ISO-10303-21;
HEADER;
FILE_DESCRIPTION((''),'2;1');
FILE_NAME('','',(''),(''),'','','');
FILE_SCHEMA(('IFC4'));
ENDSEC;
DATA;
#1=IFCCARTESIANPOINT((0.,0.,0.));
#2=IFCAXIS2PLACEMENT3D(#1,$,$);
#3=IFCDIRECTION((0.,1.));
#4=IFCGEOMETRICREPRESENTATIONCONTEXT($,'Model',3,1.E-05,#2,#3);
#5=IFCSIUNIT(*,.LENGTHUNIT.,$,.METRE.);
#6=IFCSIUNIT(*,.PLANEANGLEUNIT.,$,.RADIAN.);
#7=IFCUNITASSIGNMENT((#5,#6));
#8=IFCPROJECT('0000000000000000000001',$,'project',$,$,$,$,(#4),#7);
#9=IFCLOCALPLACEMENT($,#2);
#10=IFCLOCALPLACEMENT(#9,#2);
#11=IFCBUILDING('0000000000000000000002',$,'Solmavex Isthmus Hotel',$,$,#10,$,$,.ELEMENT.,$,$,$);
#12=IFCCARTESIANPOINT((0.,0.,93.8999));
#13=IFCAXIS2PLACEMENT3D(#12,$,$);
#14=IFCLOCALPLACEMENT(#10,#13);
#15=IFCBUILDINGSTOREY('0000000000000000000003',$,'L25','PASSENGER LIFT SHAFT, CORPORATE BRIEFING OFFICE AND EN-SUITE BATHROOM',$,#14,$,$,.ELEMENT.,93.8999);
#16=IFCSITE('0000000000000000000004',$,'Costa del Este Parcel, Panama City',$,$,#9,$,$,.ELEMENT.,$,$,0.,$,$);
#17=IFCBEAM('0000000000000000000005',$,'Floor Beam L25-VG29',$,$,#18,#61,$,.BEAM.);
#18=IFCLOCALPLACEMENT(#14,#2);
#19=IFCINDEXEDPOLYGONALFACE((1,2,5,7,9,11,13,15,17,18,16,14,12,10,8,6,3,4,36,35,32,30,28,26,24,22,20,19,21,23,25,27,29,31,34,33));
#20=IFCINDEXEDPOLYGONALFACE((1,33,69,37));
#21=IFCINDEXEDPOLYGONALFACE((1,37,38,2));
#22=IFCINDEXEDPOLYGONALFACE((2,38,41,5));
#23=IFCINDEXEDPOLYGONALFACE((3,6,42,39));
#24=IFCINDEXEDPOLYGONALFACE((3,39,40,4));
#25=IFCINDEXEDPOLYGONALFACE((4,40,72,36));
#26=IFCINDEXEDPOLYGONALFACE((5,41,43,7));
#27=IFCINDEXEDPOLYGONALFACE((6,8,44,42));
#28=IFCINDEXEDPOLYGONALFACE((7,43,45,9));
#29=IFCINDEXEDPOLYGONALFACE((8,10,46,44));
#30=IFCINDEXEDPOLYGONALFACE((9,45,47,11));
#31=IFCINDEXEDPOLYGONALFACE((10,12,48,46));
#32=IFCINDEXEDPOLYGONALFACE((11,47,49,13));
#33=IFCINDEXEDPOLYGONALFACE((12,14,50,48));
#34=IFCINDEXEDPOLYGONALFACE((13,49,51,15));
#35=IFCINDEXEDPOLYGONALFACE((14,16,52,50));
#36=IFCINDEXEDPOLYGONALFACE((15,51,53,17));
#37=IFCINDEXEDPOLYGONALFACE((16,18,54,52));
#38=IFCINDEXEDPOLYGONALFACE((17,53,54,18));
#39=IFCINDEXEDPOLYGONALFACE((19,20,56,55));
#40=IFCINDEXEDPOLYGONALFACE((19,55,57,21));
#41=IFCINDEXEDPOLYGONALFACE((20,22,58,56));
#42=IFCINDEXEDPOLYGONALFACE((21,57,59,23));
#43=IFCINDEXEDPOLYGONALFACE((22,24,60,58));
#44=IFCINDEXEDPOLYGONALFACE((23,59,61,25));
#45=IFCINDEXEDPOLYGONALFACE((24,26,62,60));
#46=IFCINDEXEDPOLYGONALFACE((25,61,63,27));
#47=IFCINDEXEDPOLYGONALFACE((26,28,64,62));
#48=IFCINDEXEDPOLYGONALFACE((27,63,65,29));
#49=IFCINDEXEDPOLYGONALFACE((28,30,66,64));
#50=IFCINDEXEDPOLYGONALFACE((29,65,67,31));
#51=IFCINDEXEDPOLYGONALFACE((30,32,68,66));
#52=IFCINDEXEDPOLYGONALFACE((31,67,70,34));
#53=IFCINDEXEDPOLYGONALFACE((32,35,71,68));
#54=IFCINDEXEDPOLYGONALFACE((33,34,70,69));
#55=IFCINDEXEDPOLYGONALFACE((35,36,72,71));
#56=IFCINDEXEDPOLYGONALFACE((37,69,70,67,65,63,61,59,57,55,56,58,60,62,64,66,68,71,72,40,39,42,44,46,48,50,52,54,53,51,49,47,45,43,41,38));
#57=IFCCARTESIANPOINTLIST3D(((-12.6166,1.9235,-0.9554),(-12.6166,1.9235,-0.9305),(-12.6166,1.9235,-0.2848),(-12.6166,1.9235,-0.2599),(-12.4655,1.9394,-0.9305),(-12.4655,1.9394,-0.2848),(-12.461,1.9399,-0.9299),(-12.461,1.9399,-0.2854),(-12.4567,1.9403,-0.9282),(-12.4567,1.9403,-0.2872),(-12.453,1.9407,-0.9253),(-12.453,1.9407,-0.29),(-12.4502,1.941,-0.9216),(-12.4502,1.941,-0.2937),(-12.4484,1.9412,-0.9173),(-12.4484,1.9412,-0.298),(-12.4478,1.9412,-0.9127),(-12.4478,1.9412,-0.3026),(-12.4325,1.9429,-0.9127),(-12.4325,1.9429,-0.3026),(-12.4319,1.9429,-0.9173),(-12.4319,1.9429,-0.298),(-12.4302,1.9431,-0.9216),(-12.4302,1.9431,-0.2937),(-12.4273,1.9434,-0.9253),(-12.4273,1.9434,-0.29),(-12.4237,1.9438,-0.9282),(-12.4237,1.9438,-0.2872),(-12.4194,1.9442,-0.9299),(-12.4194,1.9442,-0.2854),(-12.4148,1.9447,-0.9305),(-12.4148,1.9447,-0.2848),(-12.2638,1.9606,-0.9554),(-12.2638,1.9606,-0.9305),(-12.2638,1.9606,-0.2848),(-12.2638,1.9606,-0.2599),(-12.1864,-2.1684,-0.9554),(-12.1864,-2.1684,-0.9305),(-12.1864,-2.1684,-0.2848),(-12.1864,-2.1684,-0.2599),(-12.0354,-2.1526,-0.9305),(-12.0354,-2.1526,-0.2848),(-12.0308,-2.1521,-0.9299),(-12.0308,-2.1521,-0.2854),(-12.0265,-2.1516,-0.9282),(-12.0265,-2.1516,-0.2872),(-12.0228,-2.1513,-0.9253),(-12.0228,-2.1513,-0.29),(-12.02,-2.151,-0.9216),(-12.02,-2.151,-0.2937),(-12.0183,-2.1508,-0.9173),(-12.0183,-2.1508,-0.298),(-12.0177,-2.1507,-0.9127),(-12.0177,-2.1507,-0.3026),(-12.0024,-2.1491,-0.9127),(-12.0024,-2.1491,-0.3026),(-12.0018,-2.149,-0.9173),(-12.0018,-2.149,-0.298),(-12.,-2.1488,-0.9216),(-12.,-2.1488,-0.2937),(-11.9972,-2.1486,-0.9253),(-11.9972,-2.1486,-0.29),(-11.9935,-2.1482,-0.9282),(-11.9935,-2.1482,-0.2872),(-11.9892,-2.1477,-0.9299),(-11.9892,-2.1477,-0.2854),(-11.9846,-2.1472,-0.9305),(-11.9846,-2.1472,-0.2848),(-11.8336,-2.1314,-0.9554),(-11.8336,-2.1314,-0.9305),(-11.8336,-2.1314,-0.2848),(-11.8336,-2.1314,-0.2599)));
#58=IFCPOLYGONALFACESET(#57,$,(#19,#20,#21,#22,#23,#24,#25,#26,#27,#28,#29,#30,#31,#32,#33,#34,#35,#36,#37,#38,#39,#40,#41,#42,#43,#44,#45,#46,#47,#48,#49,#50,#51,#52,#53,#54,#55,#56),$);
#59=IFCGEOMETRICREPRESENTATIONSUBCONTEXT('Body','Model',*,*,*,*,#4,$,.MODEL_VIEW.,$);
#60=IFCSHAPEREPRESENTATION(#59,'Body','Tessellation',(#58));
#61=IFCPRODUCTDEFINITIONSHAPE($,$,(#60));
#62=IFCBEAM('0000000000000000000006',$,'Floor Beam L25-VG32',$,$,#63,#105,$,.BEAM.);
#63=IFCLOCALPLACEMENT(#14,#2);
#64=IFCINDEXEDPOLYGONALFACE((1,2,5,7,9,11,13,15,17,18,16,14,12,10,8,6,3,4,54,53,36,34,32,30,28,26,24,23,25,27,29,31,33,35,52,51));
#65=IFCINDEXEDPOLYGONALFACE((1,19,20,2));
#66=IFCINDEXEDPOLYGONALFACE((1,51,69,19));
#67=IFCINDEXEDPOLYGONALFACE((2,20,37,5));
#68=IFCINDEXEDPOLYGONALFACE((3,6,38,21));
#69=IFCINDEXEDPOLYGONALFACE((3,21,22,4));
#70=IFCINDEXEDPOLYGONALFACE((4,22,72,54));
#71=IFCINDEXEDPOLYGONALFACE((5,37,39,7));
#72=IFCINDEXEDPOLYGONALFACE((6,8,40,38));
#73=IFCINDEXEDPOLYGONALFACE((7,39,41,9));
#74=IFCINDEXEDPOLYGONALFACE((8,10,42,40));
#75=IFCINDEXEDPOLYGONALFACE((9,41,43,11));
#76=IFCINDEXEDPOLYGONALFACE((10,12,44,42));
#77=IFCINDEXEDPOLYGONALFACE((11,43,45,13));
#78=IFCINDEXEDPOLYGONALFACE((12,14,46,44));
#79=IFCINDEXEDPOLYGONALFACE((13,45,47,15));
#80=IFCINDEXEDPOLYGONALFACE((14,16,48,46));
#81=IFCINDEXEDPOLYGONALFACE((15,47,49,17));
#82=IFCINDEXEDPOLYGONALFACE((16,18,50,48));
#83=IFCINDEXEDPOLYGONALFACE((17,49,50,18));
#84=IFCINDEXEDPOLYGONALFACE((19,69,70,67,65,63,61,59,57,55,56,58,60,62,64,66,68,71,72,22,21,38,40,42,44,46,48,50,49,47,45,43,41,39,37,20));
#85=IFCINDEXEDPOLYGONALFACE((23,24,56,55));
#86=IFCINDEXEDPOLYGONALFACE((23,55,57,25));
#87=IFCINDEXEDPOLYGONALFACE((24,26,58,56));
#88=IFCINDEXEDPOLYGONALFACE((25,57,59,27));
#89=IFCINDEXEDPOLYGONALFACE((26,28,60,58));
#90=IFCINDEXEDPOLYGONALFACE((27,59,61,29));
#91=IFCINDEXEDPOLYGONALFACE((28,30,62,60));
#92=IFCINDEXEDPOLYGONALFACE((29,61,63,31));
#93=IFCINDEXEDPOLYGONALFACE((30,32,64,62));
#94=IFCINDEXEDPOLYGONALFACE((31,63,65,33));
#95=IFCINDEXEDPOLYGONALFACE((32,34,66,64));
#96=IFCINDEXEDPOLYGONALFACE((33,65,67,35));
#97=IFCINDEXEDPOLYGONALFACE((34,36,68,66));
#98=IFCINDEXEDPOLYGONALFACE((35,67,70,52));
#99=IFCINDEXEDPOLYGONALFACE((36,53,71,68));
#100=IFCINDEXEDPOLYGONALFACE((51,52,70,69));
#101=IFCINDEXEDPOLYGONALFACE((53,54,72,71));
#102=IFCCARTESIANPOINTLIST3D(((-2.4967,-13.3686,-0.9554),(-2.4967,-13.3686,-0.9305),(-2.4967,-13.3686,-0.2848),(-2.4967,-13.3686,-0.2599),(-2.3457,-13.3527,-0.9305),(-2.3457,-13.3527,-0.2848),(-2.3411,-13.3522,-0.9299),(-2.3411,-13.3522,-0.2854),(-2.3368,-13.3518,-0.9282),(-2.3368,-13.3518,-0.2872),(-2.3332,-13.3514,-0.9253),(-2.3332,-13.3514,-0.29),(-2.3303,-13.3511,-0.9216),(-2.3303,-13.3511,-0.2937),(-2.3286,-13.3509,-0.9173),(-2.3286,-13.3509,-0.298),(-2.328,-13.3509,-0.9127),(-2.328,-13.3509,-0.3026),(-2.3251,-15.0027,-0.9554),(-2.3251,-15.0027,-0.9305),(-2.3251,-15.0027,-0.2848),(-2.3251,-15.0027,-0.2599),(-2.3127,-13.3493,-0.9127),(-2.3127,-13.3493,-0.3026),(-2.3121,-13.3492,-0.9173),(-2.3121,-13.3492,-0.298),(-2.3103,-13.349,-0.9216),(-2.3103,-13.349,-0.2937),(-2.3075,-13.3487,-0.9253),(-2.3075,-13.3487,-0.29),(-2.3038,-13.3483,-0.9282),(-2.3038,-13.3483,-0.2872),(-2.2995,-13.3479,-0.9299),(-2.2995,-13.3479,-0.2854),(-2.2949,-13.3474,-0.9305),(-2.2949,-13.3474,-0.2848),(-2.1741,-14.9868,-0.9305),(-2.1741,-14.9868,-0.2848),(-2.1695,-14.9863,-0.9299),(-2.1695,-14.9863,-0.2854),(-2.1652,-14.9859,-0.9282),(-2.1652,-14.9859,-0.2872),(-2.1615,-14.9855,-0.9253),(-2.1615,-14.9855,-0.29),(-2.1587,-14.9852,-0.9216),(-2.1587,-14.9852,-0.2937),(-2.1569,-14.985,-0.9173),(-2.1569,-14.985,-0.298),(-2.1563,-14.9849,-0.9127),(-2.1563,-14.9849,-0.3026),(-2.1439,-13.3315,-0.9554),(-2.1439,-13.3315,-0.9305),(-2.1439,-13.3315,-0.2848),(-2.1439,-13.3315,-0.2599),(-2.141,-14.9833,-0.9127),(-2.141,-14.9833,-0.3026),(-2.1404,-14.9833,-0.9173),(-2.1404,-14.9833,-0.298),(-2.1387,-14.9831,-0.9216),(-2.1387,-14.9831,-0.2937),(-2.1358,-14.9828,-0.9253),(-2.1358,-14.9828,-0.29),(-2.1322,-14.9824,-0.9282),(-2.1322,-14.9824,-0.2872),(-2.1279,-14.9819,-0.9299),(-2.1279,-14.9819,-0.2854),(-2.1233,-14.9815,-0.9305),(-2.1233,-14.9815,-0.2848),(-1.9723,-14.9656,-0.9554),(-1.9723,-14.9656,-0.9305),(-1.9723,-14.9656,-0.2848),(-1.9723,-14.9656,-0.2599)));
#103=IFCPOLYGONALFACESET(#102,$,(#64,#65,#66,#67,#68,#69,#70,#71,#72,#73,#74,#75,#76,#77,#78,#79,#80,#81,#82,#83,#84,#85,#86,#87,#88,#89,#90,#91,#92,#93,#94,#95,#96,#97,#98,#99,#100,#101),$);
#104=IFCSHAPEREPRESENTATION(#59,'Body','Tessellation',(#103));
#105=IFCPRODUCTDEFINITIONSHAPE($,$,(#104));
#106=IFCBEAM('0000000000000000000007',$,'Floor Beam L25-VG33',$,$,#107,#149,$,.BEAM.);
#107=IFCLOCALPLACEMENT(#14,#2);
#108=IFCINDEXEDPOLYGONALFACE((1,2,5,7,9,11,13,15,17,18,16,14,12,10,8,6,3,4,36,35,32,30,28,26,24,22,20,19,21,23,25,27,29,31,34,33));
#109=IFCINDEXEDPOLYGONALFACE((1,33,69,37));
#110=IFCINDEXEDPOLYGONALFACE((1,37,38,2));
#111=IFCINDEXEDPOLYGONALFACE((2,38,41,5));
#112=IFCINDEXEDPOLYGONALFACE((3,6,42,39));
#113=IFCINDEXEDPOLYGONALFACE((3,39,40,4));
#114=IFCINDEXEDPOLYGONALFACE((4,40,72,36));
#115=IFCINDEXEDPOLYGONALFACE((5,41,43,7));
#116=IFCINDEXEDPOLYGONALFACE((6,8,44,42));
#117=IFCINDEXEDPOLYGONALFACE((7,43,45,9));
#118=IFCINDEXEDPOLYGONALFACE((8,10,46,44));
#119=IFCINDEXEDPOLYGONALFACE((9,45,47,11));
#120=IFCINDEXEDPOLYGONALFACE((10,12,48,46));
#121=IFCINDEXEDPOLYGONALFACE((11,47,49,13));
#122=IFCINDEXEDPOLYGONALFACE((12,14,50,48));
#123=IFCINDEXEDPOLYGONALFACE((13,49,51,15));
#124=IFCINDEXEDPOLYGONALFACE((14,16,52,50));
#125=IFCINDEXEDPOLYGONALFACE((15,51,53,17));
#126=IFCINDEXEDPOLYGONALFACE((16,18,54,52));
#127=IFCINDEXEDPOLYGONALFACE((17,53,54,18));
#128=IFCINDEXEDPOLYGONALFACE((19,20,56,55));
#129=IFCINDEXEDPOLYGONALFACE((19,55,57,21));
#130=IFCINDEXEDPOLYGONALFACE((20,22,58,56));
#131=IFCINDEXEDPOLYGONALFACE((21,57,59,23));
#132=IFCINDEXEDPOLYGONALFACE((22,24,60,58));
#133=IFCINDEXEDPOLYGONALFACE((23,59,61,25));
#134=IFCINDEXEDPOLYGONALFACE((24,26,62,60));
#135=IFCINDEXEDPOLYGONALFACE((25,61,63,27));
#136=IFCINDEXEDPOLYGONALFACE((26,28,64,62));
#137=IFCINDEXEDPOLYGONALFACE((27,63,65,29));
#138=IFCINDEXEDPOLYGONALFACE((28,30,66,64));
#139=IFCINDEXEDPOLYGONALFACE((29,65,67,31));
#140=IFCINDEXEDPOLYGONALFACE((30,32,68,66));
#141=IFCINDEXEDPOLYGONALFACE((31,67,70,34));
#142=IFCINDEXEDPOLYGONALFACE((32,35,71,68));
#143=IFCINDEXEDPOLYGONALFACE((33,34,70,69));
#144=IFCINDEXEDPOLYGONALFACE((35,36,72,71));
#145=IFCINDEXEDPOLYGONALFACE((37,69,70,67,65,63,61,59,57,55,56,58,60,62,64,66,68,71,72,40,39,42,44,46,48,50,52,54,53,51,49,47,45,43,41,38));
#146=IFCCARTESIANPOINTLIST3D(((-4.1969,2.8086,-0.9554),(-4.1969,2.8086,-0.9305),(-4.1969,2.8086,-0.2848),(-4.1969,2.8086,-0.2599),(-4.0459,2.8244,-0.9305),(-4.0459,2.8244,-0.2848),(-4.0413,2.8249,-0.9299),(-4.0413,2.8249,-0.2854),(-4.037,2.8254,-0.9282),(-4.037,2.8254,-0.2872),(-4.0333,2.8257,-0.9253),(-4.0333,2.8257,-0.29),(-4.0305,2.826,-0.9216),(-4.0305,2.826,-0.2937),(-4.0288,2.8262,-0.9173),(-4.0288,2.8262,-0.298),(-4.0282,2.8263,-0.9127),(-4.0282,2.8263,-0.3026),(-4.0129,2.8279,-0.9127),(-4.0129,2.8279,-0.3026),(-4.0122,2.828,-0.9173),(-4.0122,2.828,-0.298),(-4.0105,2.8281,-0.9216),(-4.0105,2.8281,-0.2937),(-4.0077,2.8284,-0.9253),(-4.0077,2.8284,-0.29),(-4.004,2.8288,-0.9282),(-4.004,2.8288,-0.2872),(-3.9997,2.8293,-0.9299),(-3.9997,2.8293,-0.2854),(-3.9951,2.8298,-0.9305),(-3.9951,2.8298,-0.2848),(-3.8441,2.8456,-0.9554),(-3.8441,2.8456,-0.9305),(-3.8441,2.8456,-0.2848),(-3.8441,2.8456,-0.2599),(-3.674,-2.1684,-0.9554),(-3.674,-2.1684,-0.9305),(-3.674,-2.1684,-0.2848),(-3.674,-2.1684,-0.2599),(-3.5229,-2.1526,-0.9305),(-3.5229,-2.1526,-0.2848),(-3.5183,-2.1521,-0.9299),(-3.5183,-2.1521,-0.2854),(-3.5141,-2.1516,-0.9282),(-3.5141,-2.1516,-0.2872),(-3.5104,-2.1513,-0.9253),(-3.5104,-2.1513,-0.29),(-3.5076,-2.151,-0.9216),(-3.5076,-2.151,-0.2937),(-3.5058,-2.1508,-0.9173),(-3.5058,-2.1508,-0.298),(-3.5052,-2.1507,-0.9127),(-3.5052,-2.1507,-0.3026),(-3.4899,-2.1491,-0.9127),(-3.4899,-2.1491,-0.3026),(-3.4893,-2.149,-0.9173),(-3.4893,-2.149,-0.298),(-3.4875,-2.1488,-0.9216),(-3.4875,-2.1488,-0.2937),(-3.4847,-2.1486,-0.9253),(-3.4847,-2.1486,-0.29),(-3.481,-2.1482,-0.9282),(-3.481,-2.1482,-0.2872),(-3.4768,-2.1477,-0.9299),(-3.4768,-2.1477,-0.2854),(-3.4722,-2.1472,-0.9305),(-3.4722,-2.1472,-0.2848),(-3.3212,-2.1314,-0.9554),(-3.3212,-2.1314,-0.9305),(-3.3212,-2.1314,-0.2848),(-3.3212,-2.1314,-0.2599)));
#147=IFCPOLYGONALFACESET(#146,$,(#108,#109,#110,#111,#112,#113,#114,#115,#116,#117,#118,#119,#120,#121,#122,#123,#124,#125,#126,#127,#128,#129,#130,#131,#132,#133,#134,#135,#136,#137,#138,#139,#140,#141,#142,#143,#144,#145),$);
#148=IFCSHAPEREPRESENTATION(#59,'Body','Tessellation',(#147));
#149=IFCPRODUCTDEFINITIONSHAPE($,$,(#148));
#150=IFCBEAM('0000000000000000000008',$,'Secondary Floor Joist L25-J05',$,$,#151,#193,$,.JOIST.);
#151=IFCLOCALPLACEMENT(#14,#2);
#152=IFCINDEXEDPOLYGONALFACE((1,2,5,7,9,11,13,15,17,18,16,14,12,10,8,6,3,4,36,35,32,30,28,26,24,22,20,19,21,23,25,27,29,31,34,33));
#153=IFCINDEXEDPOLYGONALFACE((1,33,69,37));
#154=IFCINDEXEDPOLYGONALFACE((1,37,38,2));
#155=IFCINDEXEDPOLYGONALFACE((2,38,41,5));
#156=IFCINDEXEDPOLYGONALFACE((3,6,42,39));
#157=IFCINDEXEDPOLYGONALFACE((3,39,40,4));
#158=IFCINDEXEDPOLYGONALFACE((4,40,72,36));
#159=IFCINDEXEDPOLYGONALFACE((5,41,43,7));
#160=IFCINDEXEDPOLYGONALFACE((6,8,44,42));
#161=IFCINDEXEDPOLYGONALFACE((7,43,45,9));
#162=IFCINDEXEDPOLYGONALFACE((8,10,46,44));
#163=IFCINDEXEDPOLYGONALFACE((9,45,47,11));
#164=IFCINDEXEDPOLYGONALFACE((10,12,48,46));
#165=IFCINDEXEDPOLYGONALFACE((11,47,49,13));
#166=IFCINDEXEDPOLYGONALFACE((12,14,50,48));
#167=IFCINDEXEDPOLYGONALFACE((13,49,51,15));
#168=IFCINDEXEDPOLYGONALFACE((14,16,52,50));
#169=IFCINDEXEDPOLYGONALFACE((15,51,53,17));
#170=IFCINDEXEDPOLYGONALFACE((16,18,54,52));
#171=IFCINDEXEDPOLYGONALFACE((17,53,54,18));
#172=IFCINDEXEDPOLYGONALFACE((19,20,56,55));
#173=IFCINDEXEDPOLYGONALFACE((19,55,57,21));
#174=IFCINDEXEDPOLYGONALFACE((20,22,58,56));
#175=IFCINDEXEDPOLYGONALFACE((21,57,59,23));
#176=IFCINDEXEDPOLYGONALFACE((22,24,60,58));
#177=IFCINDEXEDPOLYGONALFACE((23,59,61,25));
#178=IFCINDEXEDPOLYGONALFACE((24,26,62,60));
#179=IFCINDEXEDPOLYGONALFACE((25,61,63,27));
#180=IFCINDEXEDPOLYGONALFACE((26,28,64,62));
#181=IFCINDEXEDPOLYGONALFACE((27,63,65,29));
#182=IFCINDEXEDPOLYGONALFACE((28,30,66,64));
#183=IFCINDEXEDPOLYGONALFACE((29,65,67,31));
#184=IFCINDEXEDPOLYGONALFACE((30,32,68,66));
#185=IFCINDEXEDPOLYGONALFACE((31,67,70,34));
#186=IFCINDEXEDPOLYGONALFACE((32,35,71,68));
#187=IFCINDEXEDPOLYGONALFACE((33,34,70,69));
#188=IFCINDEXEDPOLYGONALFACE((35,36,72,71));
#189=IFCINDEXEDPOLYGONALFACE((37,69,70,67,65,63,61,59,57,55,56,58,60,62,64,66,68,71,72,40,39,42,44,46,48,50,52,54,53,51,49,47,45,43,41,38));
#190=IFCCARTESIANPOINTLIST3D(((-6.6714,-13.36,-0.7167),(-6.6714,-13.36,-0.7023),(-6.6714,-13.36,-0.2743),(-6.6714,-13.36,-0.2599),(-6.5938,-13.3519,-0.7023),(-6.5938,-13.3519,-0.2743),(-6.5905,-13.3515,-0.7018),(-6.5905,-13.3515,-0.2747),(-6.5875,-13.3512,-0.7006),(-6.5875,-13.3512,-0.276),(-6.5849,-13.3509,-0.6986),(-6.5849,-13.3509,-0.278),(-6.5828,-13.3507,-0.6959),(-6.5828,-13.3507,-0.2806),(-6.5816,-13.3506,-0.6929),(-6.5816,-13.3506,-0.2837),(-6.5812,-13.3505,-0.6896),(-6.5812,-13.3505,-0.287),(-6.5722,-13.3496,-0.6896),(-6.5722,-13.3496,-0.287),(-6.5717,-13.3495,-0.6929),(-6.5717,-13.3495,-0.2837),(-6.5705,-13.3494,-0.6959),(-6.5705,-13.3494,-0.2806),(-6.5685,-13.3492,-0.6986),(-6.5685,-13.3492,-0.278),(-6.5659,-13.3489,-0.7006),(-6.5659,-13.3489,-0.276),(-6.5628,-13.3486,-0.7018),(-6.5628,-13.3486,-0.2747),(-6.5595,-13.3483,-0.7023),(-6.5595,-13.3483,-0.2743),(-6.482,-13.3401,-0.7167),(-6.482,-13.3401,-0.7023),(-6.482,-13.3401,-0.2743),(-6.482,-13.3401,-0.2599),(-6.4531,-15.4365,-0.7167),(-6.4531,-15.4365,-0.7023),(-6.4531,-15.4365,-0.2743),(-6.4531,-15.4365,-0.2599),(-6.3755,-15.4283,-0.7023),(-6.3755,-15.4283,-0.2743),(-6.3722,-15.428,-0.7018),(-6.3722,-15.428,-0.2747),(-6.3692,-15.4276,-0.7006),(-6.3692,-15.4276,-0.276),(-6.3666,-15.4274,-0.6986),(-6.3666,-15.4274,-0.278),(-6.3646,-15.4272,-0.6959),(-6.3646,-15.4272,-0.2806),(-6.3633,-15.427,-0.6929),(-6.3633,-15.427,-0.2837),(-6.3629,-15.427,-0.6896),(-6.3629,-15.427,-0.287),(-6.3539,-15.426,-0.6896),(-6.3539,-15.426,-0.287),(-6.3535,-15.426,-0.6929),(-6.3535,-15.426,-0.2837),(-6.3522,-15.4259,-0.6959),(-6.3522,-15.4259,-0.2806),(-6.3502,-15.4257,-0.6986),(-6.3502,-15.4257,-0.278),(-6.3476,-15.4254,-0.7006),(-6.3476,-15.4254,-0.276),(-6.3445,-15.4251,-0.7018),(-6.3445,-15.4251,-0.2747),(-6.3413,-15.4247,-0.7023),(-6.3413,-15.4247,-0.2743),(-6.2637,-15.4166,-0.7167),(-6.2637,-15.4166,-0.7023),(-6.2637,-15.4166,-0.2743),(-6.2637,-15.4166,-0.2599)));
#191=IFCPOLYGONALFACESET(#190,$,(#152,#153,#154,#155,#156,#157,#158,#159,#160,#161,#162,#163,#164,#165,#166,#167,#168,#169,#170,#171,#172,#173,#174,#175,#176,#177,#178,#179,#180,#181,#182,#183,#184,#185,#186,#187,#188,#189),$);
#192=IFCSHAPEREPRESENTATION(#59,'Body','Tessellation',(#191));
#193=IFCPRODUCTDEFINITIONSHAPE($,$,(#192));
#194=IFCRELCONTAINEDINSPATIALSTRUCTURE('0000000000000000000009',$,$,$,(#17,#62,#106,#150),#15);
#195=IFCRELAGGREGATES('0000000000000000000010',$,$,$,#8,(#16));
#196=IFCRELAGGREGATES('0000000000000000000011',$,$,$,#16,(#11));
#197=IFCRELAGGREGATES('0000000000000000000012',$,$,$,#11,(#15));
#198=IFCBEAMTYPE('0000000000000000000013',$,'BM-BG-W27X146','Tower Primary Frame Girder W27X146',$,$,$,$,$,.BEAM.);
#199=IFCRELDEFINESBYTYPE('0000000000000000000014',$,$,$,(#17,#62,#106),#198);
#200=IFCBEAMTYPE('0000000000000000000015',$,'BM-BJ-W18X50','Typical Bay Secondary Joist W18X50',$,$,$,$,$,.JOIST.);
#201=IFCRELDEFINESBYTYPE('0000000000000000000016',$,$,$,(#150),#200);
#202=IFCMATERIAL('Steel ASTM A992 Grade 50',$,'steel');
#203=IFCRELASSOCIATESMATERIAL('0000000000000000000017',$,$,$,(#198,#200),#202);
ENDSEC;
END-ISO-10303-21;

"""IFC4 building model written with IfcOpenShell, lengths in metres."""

from ifc_helpers import new_model, si_unit, direction, frame, origin, origin_2d, place, context, subcontext, project, spatial, i_section, extrude, material, material_profile, profile_set, type_object, element, save


model = new_model("IFC4")

# Units and contexts
model_context = context("Model", 3, precision=1e-05, world=origin(), true_north=direction((0.0, 1.0)))
body_context = subcontext(model_context, "Body", "Model", "MODEL_VIEW")
ifc_project = project(units=[si_unit("LENGTHUNIT", "METRE"), si_unit("PLANEANGLEUNIT", "RADIAN")], contexts=[model_context])

# Site, building, storey
site_placement = place(None, origin())
site = spatial("IfcSite", under=ifc_project, at=site_placement, Name="Costa del Este Parcel, Panama City", CompositionType="ELEMENT", RefElevation=0.0)
building_placement = place(site_placement, origin())
building = spatial("IfcBuilding", under=site, at=building_placement, Name="Solmavex Isthmus Hotel", CompositionType="ELEMENT")
storey_placement = place(building_placement, frame((0.0, 0.0, 93.8999)))
storey = spatial("IfcBuildingStorey", under=building, at=storey_placement, Name="L25", Description="PASSENGER LIFT SHAFT, CORPORATE BRIEFING OFFICE AND EN-SUITE BATHROOM", CompositionType="ELEMENT", Elevation=93.8999)

# Beams
ifc_material_1 = material(Name="Steel ASTM A992 Grade 50", Category="steel")
ifc_material_profile_1 = material_profile(ifc_material_1, i_section(OverallWidth=0.3547, OverallDepth=0.6956, WebThickness=0.0154, FlangeThickness=0.0249, FilletRadius=0.0178, at=origin_2d()), Name="W27X146")
ifc_profile_set_1 = profile_set([ifc_material_profile_1], Name="Steel ASTM A992 Grade 50")
beam_type_1 = type_object("IfcBeamType", Name="BM-BG-W27X146", Description="Tower Primary Frame Girder W27X146", PredefinedType="BEAM", material=ifc_profile_set_1)
beam_1_placement = place(storey_placement, frame((-12.01, -2.1499, -0.6077), z_axis=(-0.104549, 0.99452, 0.0), x_axis=(-0.99452, -0.104549, 0.0)))
element("IfcBeam", 1, at=beam_1_placement, inside=storey, type_object=beam_type_1, Name="Floor Beam L25-VG29", PredefinedType="BEAM", context=body_context, shape_type="SweptSolid", body=[
    extrude(i_section(OverallWidth=0.3547, OverallDepth=0.6956, WebThickness=0.0154, FlangeThickness=0.0249, FilletRadius=0.0178, at=origin_2d()), origin(), (0.0, 0.0, 1.0), 4.1145),
])
beam_2_placement = place(storey_placement, frame((-2.1487, -14.9841, -0.6077), z_axis=(-0.10446, 0.994529, 0.0), x_axis=(-0.994529, -0.10446, 0.0)))
element("IfcBeam", 2, at=beam_2_placement, inside=storey, type_object=beam_type_1, Name="Floor Beam L25-VG32", PredefinedType="BEAM", context=body_context, shape_type="SweptSolid", body=[
    extrude(i_section(OverallWidth=0.3547, OverallDepth=0.6956, WebThickness=0.0154, FlangeThickness=0.0249, FilletRadius=0.0178, at=origin_2d()), origin(), (0.0, 0.0, 1.0), 1.6431),
])
beam_3_placement = place(storey_placement, frame((-3.4976, -2.1499, -0.6077), z_axis=(-0.104497, 0.994525, 0.0), x_axis=(-0.994525, -0.104497, 0.0)))
element("IfcBeam", 3, at=beam_3_placement, inside=storey, type_object=beam_type_1, Name="Floor Beam L25-VG33", PredefinedType="BEAM", context=body_context, shape_type="SweptSolid", body=[
    extrude(i_section(OverallWidth=0.3547, OverallDepth=0.6956, WebThickness=0.0154, FlangeThickness=0.0249, FilletRadius=0.0178, at=origin_2d()), origin(), (0.0, 0.0, 1.0), 5.0044),
])
ifc_material_profile_2 = material_profile(ifc_material_1, i_section(OverallWidth=0.1904, OverallDepth=0.4568, WebThickness=0.009, FlangeThickness=0.0144, FilletRadius=0.0127, at=origin_2d()), Name="W18X50")
ifc_profile_set_2 = profile_set([ifc_material_profile_2], Name="Steel ASTM A992 Grade 50")
beam_type_2 = type_object("IfcBeamType", Name="BM-BJ-W18X50", Description="Typical Bay Secondary Joist W18X50", PredefinedType="JOIST", material=ifc_profile_set_2)
beam_4_placement = place(storey_placement, frame((-6.3584, -15.4265, -0.4883), z_axis=(-0.104539, 0.994521, 0.0), x_axis=(-0.994521, -0.104539, 0.0)))
element("IfcBeam", 4, at=beam_4_placement, inside=storey, type_object=beam_type_2, Name="Secondary Floor Joist L25-J05", PredefinedType="JOIST", context=body_context, shape_type="SweptSolid", body=[
    extrude(i_section(OverallWidth=0.1904, OverallDepth=0.4568, WebThickness=0.009, FlangeThickness=0.0144, FilletRadius=0.0127, at=origin_2d()), origin(), (0.0, 0.0, 1.0), 2.0879),
])

save(model, "model.ifc")
